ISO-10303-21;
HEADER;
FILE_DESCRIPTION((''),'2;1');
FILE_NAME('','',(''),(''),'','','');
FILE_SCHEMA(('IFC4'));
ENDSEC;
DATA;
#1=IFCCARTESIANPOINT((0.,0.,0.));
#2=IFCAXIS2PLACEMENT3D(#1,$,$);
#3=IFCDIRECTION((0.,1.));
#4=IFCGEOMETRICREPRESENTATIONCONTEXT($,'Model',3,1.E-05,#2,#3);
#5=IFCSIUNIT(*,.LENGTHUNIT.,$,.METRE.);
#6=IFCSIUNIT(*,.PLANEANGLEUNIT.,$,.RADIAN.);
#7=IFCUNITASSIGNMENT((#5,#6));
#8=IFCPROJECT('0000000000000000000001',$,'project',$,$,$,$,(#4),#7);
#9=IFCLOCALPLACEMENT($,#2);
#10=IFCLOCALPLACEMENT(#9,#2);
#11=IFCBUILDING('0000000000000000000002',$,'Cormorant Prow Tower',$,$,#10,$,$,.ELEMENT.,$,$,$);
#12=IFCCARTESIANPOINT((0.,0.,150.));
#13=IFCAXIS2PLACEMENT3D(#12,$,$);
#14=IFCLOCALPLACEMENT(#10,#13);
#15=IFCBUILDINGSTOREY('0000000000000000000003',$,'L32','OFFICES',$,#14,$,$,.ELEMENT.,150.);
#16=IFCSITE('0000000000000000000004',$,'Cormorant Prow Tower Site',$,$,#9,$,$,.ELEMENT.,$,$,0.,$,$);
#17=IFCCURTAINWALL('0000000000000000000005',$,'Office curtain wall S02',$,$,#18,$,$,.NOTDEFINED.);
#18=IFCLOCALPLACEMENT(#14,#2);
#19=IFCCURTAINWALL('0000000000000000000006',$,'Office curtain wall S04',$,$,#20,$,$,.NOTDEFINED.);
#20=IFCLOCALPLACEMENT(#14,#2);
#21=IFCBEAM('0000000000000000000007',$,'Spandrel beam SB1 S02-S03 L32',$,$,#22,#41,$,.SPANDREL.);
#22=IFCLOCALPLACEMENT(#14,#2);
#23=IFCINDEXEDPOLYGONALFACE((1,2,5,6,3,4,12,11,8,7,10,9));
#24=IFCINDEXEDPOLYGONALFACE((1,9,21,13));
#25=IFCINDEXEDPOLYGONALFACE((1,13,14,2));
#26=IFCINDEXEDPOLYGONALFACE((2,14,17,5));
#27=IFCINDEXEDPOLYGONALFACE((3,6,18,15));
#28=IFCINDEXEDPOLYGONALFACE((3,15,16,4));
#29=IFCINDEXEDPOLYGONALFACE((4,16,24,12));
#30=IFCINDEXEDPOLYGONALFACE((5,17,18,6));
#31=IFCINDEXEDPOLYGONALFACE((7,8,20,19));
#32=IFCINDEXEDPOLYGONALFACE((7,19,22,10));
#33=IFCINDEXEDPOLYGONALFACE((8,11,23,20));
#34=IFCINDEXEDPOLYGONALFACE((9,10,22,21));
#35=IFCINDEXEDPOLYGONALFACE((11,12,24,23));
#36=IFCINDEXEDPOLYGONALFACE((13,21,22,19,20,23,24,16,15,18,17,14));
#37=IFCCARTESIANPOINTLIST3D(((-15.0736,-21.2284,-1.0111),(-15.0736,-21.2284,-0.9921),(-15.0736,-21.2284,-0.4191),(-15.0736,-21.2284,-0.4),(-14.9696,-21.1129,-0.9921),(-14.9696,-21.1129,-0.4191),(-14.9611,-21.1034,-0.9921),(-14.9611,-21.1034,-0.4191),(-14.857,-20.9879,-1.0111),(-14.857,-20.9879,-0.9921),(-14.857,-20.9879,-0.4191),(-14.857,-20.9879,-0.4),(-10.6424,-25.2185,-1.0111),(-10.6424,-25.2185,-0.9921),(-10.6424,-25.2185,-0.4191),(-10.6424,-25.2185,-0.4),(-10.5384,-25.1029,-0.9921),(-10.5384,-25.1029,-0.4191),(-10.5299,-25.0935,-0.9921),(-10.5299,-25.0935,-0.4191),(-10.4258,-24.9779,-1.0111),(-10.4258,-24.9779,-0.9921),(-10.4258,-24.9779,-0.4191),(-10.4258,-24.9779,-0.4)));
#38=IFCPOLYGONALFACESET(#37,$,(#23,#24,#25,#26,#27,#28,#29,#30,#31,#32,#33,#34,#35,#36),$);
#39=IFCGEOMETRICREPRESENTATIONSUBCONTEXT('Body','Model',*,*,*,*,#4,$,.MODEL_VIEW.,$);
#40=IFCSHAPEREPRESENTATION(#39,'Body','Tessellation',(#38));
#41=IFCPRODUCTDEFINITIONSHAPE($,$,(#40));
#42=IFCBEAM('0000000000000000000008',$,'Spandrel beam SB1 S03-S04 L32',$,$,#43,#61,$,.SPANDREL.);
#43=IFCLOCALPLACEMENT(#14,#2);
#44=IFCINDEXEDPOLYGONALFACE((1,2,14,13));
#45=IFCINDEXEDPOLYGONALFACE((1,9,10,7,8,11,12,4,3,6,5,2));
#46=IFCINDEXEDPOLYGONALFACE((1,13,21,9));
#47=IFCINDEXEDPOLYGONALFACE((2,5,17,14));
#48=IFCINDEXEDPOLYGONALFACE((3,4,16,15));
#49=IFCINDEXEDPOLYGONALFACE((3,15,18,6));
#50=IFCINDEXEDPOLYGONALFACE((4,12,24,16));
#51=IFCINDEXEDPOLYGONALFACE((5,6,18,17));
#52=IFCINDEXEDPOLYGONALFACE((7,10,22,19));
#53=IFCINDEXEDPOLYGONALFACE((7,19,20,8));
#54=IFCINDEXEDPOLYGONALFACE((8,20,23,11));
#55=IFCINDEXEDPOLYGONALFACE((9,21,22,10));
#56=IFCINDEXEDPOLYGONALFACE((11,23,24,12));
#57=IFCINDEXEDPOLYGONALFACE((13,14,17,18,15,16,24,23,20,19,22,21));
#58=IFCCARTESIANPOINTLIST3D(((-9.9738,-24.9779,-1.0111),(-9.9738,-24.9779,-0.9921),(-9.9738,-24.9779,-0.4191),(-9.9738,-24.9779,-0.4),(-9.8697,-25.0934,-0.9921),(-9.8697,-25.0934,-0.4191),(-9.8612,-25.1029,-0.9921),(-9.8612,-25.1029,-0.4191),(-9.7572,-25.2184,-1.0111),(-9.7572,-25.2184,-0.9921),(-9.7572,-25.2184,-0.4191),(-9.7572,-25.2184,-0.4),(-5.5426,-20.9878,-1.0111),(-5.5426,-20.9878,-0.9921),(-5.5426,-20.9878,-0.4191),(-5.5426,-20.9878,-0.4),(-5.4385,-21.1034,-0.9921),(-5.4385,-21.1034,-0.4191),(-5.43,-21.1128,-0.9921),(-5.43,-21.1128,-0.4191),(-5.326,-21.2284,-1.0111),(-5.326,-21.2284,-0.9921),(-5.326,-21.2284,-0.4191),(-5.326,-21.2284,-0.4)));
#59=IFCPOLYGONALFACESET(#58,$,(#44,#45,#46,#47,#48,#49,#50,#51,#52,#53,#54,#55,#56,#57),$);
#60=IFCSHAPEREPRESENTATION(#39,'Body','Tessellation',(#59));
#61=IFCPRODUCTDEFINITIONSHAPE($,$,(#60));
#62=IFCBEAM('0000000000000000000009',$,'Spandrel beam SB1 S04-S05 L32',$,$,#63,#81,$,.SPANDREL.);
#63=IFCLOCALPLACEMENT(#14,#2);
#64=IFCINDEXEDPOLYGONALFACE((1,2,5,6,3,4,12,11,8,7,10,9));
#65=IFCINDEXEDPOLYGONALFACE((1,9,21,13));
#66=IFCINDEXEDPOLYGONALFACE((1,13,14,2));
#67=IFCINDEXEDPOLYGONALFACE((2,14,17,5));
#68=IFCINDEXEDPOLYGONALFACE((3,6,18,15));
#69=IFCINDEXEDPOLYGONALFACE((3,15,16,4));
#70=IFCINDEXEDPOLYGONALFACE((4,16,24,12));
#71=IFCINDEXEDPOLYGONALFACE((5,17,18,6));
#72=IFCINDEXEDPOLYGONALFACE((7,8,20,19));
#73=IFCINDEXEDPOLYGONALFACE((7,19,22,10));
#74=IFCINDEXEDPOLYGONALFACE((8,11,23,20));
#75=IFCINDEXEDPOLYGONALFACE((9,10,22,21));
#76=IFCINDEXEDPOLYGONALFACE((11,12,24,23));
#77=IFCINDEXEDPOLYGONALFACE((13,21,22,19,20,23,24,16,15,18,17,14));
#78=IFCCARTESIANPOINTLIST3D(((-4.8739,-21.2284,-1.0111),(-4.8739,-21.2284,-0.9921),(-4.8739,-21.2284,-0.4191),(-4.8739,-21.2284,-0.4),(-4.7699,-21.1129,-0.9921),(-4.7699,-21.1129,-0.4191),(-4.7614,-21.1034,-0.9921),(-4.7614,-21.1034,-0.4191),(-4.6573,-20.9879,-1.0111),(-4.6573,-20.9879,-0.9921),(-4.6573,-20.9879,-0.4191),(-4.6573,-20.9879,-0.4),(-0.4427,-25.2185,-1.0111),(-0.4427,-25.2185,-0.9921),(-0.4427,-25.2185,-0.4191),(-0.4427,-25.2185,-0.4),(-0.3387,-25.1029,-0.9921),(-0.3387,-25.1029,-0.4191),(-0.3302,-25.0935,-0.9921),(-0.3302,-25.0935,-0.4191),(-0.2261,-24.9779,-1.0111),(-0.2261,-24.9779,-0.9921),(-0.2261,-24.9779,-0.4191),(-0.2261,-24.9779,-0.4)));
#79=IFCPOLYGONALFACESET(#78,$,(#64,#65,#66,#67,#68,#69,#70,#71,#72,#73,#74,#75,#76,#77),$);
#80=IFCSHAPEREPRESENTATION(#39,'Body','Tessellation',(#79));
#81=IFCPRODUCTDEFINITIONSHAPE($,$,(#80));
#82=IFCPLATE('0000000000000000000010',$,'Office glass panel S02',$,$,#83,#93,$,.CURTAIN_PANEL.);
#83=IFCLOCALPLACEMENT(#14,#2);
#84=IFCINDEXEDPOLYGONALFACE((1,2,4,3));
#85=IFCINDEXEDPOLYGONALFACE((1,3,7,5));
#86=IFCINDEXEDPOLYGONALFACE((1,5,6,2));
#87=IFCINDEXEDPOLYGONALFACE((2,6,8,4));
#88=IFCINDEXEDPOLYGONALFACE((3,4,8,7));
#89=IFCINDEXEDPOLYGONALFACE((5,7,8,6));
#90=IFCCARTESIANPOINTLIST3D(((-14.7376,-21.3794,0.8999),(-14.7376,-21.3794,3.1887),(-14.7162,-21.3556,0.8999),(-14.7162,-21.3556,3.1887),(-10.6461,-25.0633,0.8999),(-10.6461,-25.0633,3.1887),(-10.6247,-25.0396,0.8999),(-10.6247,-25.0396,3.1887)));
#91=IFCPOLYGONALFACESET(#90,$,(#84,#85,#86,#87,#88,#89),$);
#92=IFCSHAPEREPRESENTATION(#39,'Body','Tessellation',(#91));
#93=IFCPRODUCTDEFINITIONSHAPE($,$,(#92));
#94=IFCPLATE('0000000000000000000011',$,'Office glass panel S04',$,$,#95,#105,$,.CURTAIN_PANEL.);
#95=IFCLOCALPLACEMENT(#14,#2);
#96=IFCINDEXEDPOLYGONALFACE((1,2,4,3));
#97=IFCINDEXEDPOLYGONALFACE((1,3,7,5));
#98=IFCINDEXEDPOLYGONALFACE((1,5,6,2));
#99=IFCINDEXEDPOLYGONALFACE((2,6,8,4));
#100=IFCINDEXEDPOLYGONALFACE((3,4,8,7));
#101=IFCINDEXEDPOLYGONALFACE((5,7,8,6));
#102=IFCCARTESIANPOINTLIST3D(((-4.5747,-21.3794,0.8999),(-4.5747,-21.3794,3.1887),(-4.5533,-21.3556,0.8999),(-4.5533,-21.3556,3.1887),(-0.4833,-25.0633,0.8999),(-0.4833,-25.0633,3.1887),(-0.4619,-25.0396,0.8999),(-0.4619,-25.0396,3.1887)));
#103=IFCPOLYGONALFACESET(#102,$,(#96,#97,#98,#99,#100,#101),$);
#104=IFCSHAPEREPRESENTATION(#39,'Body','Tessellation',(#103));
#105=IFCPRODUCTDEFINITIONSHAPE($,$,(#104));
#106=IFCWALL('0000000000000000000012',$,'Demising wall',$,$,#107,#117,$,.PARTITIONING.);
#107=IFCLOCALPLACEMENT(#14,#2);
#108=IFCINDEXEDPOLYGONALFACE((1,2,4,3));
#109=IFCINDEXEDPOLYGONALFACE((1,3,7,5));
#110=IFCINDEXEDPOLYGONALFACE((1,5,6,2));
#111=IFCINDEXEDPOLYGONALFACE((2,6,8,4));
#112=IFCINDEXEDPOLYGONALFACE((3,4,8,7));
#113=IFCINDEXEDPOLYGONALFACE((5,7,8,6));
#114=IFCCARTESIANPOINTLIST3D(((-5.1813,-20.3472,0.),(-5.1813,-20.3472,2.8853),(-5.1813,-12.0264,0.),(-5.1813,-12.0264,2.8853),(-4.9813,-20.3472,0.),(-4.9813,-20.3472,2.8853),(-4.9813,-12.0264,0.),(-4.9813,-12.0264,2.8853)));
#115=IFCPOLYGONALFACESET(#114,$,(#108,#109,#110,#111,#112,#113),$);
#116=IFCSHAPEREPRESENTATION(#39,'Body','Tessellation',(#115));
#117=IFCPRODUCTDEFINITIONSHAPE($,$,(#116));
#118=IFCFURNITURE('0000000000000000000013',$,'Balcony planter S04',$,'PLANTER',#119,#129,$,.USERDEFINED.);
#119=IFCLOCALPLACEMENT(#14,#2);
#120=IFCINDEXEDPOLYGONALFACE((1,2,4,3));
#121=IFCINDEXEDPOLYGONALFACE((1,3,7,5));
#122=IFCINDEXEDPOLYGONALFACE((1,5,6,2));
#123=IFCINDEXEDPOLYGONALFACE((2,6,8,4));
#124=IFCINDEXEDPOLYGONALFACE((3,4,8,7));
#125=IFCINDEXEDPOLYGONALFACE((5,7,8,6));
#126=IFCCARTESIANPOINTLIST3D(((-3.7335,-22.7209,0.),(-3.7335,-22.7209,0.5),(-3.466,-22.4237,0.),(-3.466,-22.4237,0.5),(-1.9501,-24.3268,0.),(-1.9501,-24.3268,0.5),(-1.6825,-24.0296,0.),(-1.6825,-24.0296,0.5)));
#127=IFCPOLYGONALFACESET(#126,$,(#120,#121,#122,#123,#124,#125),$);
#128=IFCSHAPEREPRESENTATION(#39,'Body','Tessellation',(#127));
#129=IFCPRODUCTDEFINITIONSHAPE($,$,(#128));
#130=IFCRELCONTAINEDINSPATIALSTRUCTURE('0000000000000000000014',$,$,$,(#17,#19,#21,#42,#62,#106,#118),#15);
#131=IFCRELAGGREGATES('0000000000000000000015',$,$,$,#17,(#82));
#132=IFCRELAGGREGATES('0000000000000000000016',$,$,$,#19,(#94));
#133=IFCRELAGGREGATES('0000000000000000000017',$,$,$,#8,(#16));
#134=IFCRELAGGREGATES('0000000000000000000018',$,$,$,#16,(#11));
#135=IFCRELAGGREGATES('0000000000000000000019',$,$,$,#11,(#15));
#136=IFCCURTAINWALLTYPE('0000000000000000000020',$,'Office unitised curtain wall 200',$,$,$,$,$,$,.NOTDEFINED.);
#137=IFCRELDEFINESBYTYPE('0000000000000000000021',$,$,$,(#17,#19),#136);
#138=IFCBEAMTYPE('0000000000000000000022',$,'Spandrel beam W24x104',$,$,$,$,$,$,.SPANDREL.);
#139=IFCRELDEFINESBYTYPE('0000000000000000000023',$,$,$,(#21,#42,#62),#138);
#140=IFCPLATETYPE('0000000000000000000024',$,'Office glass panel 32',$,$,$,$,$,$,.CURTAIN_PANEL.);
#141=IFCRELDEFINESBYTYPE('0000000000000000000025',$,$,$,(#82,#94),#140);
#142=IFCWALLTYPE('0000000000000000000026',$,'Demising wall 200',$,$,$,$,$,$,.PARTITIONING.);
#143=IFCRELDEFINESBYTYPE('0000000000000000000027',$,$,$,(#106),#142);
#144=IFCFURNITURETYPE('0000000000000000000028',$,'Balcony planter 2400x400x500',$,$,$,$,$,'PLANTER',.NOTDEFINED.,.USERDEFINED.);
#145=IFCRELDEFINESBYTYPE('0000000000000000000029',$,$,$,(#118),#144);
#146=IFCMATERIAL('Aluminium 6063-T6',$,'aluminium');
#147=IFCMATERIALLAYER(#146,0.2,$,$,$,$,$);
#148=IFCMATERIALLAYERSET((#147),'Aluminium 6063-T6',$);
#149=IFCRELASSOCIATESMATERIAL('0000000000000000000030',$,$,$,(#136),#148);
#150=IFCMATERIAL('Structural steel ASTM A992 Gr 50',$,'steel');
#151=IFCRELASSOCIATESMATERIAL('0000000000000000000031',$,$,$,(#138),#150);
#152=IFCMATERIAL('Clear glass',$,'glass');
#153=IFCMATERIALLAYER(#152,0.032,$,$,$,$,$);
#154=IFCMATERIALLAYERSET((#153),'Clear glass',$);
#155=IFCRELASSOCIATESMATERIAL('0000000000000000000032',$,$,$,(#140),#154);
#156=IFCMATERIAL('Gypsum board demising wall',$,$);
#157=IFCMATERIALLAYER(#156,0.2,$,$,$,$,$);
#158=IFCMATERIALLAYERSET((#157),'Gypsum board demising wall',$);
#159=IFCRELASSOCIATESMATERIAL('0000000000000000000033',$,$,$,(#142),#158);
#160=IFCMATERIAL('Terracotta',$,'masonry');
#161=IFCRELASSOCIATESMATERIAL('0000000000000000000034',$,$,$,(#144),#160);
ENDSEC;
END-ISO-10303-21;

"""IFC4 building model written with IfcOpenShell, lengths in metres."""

from ifc_helpers import new_model, si_unit, direction, frame, frame_2d, origin, origin_2d, place, context, subcontext, project, spatial, rectangle, i_section, extrude, material, layer, layer_set, material_profile, profile_set, type_object, element, aggregate, save


model = new_model("IFC4")

# Units and contexts
model_context = context("Model", 3, precision=1e-05, world=origin(), true_north=direction((0.0, 1.0)))
body_context = subcontext(model_context, "Body", "Model", "MODEL_VIEW")
ifc_project = project(units=[si_unit("LENGTHUNIT", "METRE"), si_unit("PLANEANGLEUNIT", "RADIAN")], contexts=[model_context])

# Site, building, storey
site_placement = place(None, origin())
site = spatial("IfcSite", under=ifc_project, at=site_placement, Name="Cormorant Prow Tower Site", CompositionType="ELEMENT", RefElevation=0.0)
building_placement = place(site_placement, origin())
building = spatial("IfcBuilding", under=site, at=building_placement, Name="Cormorant Prow Tower", CompositionType="ELEMENT")
storey_placement = place(building_placement, frame((0.0, 0.0, 150.0)))
storey = spatial("IfcBuildingStorey", under=building, at=storey_placement, Name="L32", Description="OFFICES", CompositionType="ELEMENT", Elevation=150.0)

# Curtain walls
ifc_material_1 = material(Name="Aluminium 6063-T6", Category="aluminium")
ifc_layer_1 = layer(ifc_material_1, 0.2)
ifc_layer_set_1 = layer_set([ifc_layer_1], Name="Aluminium 6063-T6")
curtain_wall_type = type_object("IfcCurtainWallType", Name="Office unitised curtain wall 200", PredefinedType="NOTDEFINED", material=ifc_layer_set_1)
curtain_wall_1_placement = place(storey_placement, origin())
curtain_wall_1 = element("IfcCurtainWall", 1, at=curtain_wall_1_placement, inside=storey, type_object=curtain_wall_type, Name="Office curtain wall S02", PredefinedType="NOTDEFINED")
curtain_wall_2_placement = place(storey_placement, origin())
curtain_wall_2 = element("IfcCurtainWall", 2, at=curtain_wall_2_placement, inside=storey, type_object=curtain_wall_type, Name="Office curtain wall S04", PredefinedType="NOTDEFINED")

# Beams
ifc_material_2 = material(Name="Structural steel ASTM A992 Gr 50", Category="steel")
ifc_material_profile_1 = material_profile(ifc_material_2, i_section(OverallWidth=0.3237, OverallDepth=0.6111, WebThickness=0.0127, FlangeThickness=0.019, at=origin_2d()), Name="W24x104")
ifc_profile_set_1 = profile_set([ifc_material_profile_1], Name="Structural steel ASTM A992 Gr 50")
beam_type_1 = type_object("IfcBeamType", Name="Spandrel beam W24x104", PredefinedType="SPANDREL", material=ifc_profile_set_1)
for number, where, z_axis, x_axis, name in (
    (3, (-14.9653, -21.1082, -0.7056), (0.743131, -0.669146, 0.0), (0.669146, 0.743131, 0.0), "Spandrel beam SB1 S02-S03 L32"),
    (4, (-9.8655, -25.0981, -0.7056), (0.743131, 0.669146, 0.0), (-0.669146, 0.743131, 0.0), "Spandrel beam SB1 S03-S04 L32"),
    (5, (-4.7656, -21.1082, -0.7056), (0.743131, -0.669146, 0.0), (0.669146, 0.743131, 0.0), "Spandrel beam SB1 S04-S05 L32"),
):
    element("IfcBeam", number, at=place(storey_placement, frame(where, z_axis=z_axis, x_axis=x_axis)), inside=storey, type_object=beam_type_1, Name=name, PredefinedType="SPANDREL", context=body_context, shape_type="SweptSolid", body=[
        extrude(i_section(OverallWidth=0.3237, OverallDepth=0.6111, WebThickness=0.0127, FlangeThickness=0.019, at=origin_2d()), origin(), (0.0, 0.0, 1.0), 5.9629),
    ])

# Plates
ifc_material_3 = material(Name="Clear glass", Category="glass")
ifc_layer_2 = layer(ifc_material_3, 0.032)
ifc_layer_set_2 = layer_set([ifc_layer_2], Name="Clear glass")
plate_type = type_object("IfcPlateType", Name="Office glass panel 32", PredefinedType="CURTAIN_PANEL", material=ifc_layer_set_2)
plate_1_placement = place(storey_placement, frame((-12.6812, -23.2095, 0.8999), z_axis=(0.0, 0.0, 1.0), x_axis=(0.743145, -0.669131, 0.0)))
plate_1 = element("IfcPlate", 6, at=plate_1_placement, type_object=plate_type, Name="Office glass panel S02", PredefinedType="CURTAIN_PANEL", context=body_context, shape_type="SweptSolid", body=[
    extrude(rectangle(XDim=5.5056, YDim=0.032, at=origin_2d()), origin(), (0.0, 0.0, 1.0), 2.2888),
])
aggregate(curtain_wall_1, [plate_1])
plate_2_placement = place(storey_placement, frame((-2.5183, -23.2095, 0.8999), z_axis=(0.0, 0.0, 1.0), x_axis=(0.743145, -0.669131, 0.0)))
plate_2 = element("IfcPlate", 7, at=plate_2_placement, type_object=plate_type, Name="Office glass panel S04", PredefinedType="CURTAIN_PANEL", context=body_context, shape_type="SweptSolid", body=[
    extrude(rectangle(XDim=5.5056, YDim=0.032, at=origin_2d()), origin(), (0.0, 0.0, 1.0), 2.2888),
])
aggregate(curtain_wall_2, [plate_2])

# Wall
ifc_material_4 = material(Name="Gypsum board demising wall")
ifc_layer_3 = layer(ifc_material_4, 0.2)
ifc_layer_set_3 = layer_set([ifc_layer_3], Name="Gypsum board demising wall")
wall_type_1 = type_object("IfcWallType", Name="Demising wall 200", PredefinedType="PARTITIONING", material=ifc_layer_set_3)
wall_1_placement = place(storey_placement, frame((-5.0813, -20.3472, 0.0), z_axis=(0.0, 0.0, 1.0), x_axis=(0.0, 1.0, 0.0)))
element("IfcWall", 8, at=wall_1_placement, inside=storey, type_object=wall_type_1, Name="Demising wall", PredefinedType="PARTITIONING", context=body_context, shape_type="SweptSolid", body=[
    extrude(rectangle(XDim=8.3208, YDim=0.2, at=frame_2d((4.1604, 0.0))), origin(), (0.0, 0.0, 1.0), 2.8853),
])

# Furniture
ifc_material_5 = material(Name="Terracotta", Category="masonry")
furniture_type = type_object("IfcFurnitureType", Name="Balcony planter 2400x400x500", ElementType="PLANTER", AssemblyPlace="NOTDEFINED", PredefinedType="USERDEFINED", material=ifc_material_5)
furniture_placement = place(storey_placement, frame((-2.708, -23.3752, 0.0), z_axis=(0.0, 0.0, 1.0), x_axis=(0.743145, -0.669131, 0.0)))
element("IfcFurniture", 9, at=furniture_placement, inside=storey, type_object=furniture_type, Name="Balcony planter S04", ObjectType="PLANTER", PredefinedType="USERDEFINED", context=body_context, shape_type="SweptSolid", body=[
    extrude(rectangle(XDim=2.3999, YDim=0.3999, at=origin_2d()), origin(), (0.0, 0.0, 1.0), 0.5),
])

save(model, "model.ifc")
